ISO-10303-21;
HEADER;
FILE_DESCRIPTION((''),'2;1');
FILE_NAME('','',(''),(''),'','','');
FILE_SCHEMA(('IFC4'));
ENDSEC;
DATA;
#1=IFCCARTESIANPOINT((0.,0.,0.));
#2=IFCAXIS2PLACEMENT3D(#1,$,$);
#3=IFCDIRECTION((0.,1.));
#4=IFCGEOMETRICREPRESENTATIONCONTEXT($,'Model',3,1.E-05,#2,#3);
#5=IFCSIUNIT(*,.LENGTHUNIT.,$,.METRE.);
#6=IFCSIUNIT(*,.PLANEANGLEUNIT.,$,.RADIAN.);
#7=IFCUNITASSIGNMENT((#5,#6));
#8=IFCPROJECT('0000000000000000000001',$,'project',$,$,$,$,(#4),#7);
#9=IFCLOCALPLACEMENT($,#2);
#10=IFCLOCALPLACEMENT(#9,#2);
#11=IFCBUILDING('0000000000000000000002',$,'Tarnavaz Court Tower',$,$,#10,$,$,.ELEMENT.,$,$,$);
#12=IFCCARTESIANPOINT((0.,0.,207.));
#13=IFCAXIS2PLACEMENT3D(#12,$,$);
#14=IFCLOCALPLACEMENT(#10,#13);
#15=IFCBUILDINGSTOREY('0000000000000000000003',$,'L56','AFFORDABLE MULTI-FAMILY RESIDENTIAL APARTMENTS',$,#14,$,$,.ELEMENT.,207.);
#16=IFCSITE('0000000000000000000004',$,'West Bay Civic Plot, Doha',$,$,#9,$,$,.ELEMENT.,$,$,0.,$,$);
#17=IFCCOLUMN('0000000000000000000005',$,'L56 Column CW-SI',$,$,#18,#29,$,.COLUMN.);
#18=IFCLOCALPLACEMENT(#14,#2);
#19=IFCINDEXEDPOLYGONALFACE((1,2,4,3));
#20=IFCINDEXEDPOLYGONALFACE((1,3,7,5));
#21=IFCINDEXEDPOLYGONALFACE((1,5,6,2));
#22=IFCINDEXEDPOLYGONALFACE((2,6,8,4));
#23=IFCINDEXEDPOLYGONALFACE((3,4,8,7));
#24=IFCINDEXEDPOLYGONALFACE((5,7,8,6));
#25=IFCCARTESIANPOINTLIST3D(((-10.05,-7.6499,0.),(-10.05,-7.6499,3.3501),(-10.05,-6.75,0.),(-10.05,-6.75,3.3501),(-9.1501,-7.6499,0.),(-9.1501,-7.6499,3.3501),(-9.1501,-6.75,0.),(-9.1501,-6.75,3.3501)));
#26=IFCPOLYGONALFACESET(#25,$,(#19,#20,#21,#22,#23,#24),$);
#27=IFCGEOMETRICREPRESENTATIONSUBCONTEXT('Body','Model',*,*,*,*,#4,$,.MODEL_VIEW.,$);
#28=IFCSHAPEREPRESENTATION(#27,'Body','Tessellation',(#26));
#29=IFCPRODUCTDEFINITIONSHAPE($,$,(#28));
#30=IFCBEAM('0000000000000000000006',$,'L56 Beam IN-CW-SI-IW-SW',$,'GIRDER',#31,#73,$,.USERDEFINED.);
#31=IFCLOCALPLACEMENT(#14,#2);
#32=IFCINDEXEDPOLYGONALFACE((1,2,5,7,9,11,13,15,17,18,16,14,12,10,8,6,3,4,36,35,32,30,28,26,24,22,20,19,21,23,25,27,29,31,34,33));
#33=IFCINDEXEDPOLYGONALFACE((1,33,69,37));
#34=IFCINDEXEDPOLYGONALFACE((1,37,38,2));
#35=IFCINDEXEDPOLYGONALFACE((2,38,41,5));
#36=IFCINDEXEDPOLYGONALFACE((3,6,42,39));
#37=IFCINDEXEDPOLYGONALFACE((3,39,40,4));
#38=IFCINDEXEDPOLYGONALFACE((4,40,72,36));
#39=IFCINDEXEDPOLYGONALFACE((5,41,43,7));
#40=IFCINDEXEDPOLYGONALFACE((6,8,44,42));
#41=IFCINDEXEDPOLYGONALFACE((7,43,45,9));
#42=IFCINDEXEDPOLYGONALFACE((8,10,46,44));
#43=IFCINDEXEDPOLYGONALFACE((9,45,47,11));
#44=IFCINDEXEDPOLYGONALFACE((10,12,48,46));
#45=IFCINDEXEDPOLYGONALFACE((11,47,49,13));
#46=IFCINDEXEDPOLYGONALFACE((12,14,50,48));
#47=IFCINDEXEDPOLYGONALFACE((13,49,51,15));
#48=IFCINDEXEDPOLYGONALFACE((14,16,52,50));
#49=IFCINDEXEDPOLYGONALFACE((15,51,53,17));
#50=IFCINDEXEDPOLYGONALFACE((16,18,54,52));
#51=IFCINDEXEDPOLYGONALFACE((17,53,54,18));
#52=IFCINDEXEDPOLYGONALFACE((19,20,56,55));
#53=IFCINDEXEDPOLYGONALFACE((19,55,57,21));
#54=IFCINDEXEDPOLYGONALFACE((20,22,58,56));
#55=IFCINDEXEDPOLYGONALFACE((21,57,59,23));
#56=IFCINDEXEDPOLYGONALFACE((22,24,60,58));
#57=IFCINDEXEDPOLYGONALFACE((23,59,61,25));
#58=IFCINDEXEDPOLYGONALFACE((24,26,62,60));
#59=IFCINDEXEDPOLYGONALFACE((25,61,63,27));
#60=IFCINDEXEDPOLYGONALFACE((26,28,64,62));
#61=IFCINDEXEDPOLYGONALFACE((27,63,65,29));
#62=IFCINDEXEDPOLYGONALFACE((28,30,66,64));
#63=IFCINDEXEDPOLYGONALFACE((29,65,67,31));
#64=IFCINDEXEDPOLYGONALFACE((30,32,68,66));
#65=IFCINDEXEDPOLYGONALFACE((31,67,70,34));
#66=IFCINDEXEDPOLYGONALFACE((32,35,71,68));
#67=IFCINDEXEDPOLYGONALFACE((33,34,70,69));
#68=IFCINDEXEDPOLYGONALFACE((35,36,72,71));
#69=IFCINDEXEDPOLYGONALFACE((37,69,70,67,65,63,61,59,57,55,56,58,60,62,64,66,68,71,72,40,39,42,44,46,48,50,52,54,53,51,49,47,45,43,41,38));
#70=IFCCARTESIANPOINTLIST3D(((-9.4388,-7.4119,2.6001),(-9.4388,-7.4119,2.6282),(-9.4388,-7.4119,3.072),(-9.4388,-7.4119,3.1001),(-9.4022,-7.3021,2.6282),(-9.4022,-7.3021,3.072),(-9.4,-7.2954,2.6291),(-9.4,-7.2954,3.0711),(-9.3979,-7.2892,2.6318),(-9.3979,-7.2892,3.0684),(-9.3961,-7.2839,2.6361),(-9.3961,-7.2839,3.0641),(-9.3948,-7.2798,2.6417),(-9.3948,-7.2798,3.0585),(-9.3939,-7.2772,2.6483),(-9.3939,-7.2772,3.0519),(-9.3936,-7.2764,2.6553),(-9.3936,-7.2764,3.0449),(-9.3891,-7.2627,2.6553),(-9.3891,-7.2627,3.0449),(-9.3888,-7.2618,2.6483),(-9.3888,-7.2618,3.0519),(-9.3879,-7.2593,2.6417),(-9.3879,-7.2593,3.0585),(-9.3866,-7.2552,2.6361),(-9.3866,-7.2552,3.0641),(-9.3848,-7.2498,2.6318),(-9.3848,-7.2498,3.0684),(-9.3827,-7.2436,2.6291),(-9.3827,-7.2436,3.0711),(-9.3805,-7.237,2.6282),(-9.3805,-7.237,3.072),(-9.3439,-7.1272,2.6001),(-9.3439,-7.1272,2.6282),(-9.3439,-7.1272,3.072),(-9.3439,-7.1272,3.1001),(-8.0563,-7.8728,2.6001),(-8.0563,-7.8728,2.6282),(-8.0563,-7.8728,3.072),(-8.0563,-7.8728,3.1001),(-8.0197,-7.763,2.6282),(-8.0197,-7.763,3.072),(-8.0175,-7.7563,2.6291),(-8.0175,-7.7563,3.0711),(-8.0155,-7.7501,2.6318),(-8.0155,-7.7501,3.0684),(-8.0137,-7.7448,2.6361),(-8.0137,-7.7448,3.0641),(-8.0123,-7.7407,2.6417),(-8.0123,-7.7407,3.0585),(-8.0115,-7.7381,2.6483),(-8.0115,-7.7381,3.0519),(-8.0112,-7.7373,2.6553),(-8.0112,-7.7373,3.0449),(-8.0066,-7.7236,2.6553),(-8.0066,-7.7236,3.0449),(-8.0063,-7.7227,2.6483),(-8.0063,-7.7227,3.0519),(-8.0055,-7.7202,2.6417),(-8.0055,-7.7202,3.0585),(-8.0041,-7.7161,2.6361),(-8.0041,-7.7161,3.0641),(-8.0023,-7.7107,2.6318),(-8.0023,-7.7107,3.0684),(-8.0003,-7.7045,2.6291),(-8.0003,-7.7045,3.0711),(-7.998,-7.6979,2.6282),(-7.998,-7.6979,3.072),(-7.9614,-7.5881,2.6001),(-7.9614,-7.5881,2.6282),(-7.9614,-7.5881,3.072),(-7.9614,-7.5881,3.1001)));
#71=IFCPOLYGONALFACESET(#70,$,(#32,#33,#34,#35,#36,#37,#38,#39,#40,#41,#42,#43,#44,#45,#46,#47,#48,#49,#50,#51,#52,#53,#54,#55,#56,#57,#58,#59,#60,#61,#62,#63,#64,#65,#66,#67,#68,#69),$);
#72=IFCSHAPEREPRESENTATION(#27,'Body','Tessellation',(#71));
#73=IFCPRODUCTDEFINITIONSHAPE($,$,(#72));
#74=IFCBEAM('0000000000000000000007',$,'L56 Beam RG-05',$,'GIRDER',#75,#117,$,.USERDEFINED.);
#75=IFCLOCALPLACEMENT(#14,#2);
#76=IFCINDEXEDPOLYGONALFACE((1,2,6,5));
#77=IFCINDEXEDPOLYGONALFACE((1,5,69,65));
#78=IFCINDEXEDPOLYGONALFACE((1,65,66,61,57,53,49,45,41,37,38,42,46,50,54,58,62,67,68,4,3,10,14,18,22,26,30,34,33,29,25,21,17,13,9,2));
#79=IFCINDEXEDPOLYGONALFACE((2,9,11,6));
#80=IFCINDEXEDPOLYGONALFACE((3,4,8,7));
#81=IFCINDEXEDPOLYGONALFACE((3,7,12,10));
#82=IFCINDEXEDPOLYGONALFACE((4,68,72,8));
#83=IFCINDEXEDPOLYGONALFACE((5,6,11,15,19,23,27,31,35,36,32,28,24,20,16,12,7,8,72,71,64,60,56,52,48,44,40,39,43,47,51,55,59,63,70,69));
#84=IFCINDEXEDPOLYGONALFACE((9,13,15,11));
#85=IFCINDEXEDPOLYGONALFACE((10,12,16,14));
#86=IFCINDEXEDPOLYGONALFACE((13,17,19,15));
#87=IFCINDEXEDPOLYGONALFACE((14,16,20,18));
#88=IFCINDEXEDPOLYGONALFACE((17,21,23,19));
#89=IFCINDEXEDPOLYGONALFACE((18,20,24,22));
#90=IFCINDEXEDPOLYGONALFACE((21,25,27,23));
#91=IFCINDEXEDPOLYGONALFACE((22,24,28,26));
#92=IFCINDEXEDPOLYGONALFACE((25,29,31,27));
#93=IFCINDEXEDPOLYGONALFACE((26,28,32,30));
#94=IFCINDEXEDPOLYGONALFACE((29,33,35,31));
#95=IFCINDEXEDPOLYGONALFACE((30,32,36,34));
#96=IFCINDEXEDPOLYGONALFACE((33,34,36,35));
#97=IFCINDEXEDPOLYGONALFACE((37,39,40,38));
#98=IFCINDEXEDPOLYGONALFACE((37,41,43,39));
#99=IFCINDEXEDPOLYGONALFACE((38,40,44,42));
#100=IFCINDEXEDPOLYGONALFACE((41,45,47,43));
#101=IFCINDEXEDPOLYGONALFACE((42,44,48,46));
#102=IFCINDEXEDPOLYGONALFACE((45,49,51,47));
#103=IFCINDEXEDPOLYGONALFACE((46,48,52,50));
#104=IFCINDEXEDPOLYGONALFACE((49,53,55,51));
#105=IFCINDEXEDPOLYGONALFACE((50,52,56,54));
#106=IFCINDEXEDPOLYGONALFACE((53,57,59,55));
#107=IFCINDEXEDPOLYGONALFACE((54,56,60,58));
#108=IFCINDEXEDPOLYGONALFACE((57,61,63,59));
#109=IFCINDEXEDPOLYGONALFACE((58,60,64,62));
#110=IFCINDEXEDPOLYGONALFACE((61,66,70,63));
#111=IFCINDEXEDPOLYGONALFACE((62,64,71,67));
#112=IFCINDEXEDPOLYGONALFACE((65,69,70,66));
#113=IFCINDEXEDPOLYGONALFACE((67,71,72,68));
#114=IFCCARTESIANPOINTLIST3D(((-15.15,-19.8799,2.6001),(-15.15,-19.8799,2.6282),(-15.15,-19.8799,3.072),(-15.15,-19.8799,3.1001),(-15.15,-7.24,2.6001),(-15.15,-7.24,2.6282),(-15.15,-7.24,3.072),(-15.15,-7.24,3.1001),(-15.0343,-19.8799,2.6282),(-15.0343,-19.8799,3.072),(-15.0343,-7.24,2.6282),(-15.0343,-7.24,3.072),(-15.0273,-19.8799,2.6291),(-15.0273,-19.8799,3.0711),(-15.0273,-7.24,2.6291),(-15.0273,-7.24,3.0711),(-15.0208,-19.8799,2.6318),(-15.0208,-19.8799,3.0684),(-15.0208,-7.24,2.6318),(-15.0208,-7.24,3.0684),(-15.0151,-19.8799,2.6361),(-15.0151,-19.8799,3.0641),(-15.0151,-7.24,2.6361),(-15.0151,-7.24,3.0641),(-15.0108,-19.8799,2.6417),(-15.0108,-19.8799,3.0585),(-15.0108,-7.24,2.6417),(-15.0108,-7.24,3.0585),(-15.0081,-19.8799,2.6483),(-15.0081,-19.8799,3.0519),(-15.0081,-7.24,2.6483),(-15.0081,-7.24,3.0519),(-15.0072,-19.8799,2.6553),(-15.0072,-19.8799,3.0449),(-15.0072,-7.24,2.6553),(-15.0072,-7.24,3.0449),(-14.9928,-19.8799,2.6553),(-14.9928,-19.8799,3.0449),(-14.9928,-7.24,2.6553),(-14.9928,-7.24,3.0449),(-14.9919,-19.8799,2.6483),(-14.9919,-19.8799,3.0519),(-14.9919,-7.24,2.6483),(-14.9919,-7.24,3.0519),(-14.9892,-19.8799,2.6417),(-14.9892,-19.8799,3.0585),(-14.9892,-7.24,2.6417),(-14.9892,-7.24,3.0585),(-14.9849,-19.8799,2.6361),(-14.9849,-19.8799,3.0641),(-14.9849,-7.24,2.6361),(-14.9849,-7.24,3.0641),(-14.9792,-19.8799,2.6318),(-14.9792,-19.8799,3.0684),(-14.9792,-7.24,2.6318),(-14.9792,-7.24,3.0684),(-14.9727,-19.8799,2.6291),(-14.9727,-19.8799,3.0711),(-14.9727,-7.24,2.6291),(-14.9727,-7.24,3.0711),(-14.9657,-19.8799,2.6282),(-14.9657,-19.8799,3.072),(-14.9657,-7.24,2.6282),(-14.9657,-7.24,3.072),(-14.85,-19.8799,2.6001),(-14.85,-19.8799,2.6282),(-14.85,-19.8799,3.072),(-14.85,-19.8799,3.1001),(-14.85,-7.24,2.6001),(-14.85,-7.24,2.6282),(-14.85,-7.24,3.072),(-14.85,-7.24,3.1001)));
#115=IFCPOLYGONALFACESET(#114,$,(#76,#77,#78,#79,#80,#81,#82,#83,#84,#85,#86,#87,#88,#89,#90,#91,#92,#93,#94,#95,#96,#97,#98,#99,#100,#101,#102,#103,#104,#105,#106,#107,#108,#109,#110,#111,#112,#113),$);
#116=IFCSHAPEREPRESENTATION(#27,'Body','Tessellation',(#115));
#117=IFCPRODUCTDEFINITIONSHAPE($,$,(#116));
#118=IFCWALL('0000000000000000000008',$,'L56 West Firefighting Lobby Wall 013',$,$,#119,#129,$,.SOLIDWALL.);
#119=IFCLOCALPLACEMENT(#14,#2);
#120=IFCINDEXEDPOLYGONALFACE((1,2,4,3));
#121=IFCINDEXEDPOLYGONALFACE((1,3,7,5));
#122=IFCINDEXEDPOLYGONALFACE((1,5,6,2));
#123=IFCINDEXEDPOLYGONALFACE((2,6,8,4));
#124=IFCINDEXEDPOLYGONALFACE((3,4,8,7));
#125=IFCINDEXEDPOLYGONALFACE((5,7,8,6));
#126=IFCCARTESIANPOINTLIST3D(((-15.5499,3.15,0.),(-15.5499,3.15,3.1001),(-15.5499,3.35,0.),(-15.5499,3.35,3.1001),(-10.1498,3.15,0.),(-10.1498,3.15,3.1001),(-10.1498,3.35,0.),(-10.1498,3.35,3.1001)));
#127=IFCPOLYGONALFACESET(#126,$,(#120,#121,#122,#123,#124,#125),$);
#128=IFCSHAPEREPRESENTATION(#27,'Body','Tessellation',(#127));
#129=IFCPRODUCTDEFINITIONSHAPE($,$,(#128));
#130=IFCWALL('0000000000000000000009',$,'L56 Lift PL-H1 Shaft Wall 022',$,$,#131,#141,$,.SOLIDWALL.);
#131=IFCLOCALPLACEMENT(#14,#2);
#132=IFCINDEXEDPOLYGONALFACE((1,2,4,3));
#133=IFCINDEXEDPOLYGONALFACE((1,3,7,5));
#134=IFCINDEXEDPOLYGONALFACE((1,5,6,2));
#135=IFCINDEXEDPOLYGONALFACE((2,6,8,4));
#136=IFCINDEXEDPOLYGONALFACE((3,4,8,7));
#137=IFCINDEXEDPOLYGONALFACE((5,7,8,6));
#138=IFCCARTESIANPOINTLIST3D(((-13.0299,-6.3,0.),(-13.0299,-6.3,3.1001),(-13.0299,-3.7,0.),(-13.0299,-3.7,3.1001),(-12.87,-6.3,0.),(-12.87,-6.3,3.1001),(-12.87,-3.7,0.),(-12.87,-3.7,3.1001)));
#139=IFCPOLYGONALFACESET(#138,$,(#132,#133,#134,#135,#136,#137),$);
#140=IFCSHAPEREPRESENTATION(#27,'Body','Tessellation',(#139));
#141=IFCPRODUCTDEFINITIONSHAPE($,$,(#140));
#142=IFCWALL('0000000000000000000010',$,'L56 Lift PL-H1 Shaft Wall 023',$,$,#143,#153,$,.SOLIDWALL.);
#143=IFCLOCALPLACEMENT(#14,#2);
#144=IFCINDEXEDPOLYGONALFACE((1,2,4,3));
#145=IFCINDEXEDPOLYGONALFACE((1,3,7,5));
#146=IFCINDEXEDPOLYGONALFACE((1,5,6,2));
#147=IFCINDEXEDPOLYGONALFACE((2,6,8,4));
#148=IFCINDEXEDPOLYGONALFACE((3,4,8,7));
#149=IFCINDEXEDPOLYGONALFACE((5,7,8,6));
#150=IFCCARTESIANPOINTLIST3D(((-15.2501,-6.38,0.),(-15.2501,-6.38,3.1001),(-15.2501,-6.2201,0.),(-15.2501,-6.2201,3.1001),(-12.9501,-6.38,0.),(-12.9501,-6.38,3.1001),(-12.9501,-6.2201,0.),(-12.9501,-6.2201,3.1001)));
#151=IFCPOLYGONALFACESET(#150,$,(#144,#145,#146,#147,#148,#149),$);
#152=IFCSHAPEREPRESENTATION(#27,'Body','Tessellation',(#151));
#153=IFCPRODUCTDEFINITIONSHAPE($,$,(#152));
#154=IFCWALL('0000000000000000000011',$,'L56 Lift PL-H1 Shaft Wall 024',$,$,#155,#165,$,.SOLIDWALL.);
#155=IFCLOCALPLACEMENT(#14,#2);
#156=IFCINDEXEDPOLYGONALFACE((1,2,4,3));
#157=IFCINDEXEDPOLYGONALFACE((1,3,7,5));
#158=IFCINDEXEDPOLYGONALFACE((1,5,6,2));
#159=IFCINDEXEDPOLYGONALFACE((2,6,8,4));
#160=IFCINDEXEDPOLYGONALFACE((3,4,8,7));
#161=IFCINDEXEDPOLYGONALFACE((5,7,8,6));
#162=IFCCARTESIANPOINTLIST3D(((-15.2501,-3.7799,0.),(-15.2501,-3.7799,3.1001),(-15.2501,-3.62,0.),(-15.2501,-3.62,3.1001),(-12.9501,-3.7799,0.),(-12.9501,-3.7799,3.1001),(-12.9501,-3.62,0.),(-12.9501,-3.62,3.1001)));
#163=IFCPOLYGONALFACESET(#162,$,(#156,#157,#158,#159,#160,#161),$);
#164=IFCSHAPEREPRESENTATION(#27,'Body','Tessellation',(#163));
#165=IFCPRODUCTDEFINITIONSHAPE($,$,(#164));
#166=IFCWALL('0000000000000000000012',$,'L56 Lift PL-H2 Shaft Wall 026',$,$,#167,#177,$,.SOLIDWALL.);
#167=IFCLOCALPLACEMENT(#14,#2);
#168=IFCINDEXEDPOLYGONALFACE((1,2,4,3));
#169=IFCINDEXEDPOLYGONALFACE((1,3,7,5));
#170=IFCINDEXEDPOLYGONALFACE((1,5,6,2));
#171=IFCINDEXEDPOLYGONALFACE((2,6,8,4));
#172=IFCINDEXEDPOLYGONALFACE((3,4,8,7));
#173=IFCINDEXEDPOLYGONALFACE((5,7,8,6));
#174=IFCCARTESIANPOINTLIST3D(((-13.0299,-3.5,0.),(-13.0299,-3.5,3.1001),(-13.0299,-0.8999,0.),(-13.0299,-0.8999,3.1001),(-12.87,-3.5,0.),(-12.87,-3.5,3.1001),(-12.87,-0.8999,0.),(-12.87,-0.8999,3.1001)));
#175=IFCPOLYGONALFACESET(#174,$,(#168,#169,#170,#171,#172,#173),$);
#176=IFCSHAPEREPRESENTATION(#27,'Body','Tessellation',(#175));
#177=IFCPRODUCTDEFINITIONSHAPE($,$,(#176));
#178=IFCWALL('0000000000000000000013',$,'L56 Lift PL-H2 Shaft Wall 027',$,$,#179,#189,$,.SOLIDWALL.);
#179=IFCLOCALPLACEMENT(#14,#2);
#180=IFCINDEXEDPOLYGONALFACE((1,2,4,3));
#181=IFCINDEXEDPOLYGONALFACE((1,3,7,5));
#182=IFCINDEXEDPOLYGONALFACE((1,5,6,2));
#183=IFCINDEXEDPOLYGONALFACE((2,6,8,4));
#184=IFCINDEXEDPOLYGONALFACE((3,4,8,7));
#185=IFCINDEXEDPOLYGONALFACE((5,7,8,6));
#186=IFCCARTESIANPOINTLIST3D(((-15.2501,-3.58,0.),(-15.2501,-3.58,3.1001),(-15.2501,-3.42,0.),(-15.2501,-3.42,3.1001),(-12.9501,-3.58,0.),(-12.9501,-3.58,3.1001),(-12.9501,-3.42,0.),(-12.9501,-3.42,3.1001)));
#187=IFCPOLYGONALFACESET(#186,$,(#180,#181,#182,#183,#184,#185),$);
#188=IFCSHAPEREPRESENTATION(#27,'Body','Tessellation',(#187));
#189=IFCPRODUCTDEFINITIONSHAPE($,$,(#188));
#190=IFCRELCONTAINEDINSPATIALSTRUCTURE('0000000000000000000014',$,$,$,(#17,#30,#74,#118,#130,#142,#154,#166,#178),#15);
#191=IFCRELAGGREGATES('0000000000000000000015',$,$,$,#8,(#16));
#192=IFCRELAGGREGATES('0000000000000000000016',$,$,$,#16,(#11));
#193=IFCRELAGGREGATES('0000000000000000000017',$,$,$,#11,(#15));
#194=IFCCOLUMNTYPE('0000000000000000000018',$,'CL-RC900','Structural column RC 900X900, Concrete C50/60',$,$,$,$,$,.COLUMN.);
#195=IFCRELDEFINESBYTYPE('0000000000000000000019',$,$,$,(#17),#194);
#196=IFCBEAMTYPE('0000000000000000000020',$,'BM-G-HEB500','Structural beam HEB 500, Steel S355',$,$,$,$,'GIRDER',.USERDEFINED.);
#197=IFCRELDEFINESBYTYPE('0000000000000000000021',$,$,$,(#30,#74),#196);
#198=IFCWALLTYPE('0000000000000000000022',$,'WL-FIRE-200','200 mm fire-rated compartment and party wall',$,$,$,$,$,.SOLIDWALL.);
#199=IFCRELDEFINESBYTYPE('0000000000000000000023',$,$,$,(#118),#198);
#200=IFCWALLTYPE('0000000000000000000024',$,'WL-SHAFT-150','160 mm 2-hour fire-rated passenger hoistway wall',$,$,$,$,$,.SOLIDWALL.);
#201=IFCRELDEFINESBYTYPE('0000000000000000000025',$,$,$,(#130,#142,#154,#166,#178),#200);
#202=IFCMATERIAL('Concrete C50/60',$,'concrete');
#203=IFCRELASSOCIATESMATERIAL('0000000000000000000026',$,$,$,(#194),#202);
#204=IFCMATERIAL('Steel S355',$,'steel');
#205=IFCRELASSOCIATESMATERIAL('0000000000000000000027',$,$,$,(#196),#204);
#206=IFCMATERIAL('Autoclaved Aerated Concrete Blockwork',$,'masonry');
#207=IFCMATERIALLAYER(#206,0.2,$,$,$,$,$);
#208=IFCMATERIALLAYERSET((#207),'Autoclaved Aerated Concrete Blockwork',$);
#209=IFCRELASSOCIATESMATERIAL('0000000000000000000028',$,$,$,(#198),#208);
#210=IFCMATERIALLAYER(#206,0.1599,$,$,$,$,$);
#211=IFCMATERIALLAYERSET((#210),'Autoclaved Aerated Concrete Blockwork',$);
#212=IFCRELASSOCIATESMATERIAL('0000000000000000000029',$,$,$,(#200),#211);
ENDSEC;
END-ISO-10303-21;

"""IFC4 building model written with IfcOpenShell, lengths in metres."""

from ifc_helpers import new_model, si_unit, direction, frame, frame_2d, origin, origin_2d, place, context, subcontext, project, spatial, rectangle, i_section, extrude, material, layer, layer_set, material_profile, profile_set, type_object, element, save


model = new_model("IFC4")

# Units and contexts
model_context = context("Model", 3, precision=1e-05, world=origin(), true_north=direction((0.0, 1.0)))
body_context = subcontext(model_context, "Body", "Model", "MODEL_VIEW")
ifc_project = project(units=[si_unit("LENGTHUNIT", "METRE"), si_unit("PLANEANGLEUNIT", "RADIAN")], contexts=[model_context])

# Site, building, storey
site_placement = place(None, origin())
site = spatial("IfcSite", under=ifc_project, at=site_placement, Name="West Bay Civic Plot, Doha", CompositionType="ELEMENT", RefElevation=0.0)
building_placement = place(site_placement, origin())
building = spatial("IfcBuilding", under=site, at=building_placement, Name="Tarnavaz Court Tower", CompositionType="ELEMENT")
storey_placement = place(building_placement, frame((0.0, 0.0, 207.0)))
storey = spatial("IfcBuildingStorey", under=building, at=storey_placement, Name="L56", Description="AFFORDABLE MULTI-FAMILY RESIDENTIAL APARTMENTS", CompositionType="ELEMENT", Elevation=207.0)

# Column
ifc_material_1 = material(Name="Concrete C50/60", Category="concrete")
ifc_material_profile_1 = material_profile(ifc_material_1, rectangle(XDim=0.8999, YDim=0.8999, at=origin_2d()), Name="RC 900X900")
ifc_profile_set_1 = profile_set([ifc_material_profile_1], Name="Concrete C50/60")
column_type = type_object("IfcColumnType", Name="CL-RC900", Description="Structural column RC 900X900, Concrete C50/60", PredefinedType="COLUMN", material=ifc_profile_set_1)
column_placement = place(storey_placement, frame((-9.6001, -7.2, 0.0), z_axis=(0.0, 0.0, 1.0), x_axis=(1.0, 0.0, 0.0)))
element("IfcColumn", 1, at=column_placement, inside=storey, type_object=column_type, Name="L56 Column CW-SI", PredefinedType="COLUMN", context=body_context, shape_type="SweptSolid", body=[
    extrude(rectangle(XDim=0.8999, YDim=0.8999, at=origin_2d()), origin(), (0.0, 0.0, 1.0), 3.3501),
])

# Beams
ifc_material_2 = material(Name="Steel S355", Category="steel")
ifc_material_profile_2 = material_profile(ifc_material_2, i_section(OverallWidth=0.3, OverallDepth=0.5, WebThickness=0.0144, FlangeThickness=0.0281, FilletRadius=0.0271, at=origin_2d()), Name="HEB 500")
ifc_profile_set_2 = profile_set([ifc_material_profile_2], Name="Steel S355")
beam_type = type_object("IfcBeamType", Name="BM-G-HEB500", Description="Structural beam HEB 500, Steel S355", ElementType="GIRDER", PredefinedType="USERDEFINED", material=ifc_profile_set_2)
beam_1_placement = place(storey_placement, frame((-9.3914, -7.2695, 2.8501), z_axis=(0.948667, -0.316278, 0.0), x_axis=(0.316278, 0.948667, 0.0)))
element("IfcBeam", 2, at=beam_1_placement, inside=storey, type_object=beam_type, Name="L56 Beam IN-CW-SI-IW-SW", ObjectType="GIRDER", PredefinedType="USERDEFINED", context=body_context, shape_type="SweptSolid", body=[
    extrude(i_section(OverallWidth=0.3, OverallDepth=0.5, WebThickness=0.0144, FlangeThickness=0.0281, FilletRadius=0.0271, at=origin_2d()), origin(), (0.0, 0.0, 1.0), 1.4573),
])
beam_2_placement = place(storey_placement, frame((-15.0, -7.24, 2.8501), z_axis=(0.0, -1.0, 0.0), x_axis=(1.0, 0.0, 0.0)))
element("IfcBeam", 3, at=beam_2_placement, inside=storey, type_object=beam_type, Name="L56 Beam RG-05", ObjectType="GIRDER", PredefinedType="USERDEFINED", context=body_context, shape_type="SweptSolid", body=[
    extrude(i_section(OverallWidth=0.3, OverallDepth=0.5, WebThickness=0.0144, FlangeThickness=0.0281, FilletRadius=0.0271, at=origin_2d()), origin(), (0.0, 0.0, 1.0), 12.6399),
])

# Wall
ifc_material_3 = material(Name="Autoclaved Aerated Concrete Blockwork", Category="masonry")
ifc_layer_1 = layer(ifc_material_3, 0.2)
ifc_layer_set_1 = layer_set([ifc_layer_1], Name="Autoclaved Aerated Concrete Blockwork")
wall_type_1 = type_object("IfcWallType", Name="WL-FIRE-200", Description="200 mm fire-rated compartment and party wall", PredefinedType="SOLIDWALL", material=ifc_layer_set_1)
wall_1_placement = place(storey_placement, frame((-15.55, 3.25, 0.0), z_axis=(0.0, 0.0, 1.0), x_axis=(1.0, 0.0, 0.0)))
element("IfcWall", 4, at=wall_1_placement, inside=storey, type_object=wall_type_1, Name="L56 West Firefighting Lobby Wall 013", PredefinedType="SOLIDWALL", context=body_context, shape_type="SweptSolid", body=[
    extrude(rectangle(XDim=5.4001, YDim=0.2, at=frame_2d((2.7002, 0.0))), origin(), (0.0, 0.0, 1.0), 3.1001),
])

# Shared definitions
ifc_layer_2 = layer(ifc_material_3, 0.1599)
ifc_layer_set_2 = layer_set([ifc_layer_2], Name="Autoclaved Aerated Concrete Blockwork")
wall_type_2 = type_object("IfcWallType", Name="WL-SHAFT-150", Description="160 mm 2-hour fire-rated passenger hoistway wall", PredefinedType="SOLIDWALL", material=ifc_layer_set_2)

# Walls
wall_2_placement = place(storey_placement, frame((-12.95, -6.3, 0.0), z_axis=(0.0, 0.0, 1.0), x_axis=(0.0, 1.0, 0.0)))
element("IfcWall", 5, at=wall_2_placement, inside=storey, type_object=wall_type_2, Name="L56 Lift PL-H1 Shaft Wall 022", PredefinedType="SOLIDWALL", context=body_context, shape_type="SweptSolid", body=[
    extrude(rectangle(XDim=2.6001, YDim=0.1599, at=frame_2d((1.3, 0.0))), origin(), (0.0, 0.0, 1.0), 3.1001),
])
for number, where, z_axis, x_axis, name in (
    (6, (-15.25, -6.3, 0.0), (0.0, 0.0, 1.0), (1.0, 0.0, 0.0), "L56 Lift PL-H1 Shaft Wall 023"),
    (7, (-15.25, -3.7, 0.0), (0.0, 0.0, 1.0), (1.0, 0.0, 0.0), "L56 Lift PL-H1 Shaft Wall 024"),
):
    element("IfcWall", number, at=place(storey_placement, frame(where, z_axis=z_axis, x_axis=x_axis)), inside=storey, type_object=wall_type_2, Name=name, PredefinedType="SOLIDWALL", context=body_context, shape_type="SweptSolid", body=[
        extrude(rectangle(XDim=2.3, YDim=0.1599, at=frame_2d((1.1499, 0.0))), origin(), (0.0, 0.0, 1.0), 3.1001),
    ])

# Walls
wall_3_placement = place(storey_placement, frame((-12.95, -3.5, 0.0), z_axis=(0.0, 0.0, 1.0), x_axis=(0.0, 1.0, 0.0)))
element("IfcWall", 8, at=wall_3_placement, inside=storey, type_object=wall_type_2, Name="L56 Lift PL-H2 Shaft Wall 026", PredefinedType="SOLIDWALL", context=body_context, shape_type="SweptSolid", body=[
    extrude(rectangle(XDim=2.6001, YDim=0.1599, at=frame_2d((1.3, 0.0))), origin(), (0.0, 0.0, 1.0), 3.1001),
])
for number, where, z_axis, x_axis, name in (
    (9, (-15.25, -3.5, 0.0), (0.0, 0.0, 1.0), (1.0, 0.0, 0.0), "L56 Lift PL-H2 Shaft Wall 027"),
):
    element("IfcWall", number, at=place(storey_placement, frame(where, z_axis=z_axis, x_axis=x_axis)), inside=storey, type_object=wall_type_2, Name=name, PredefinedType="SOLIDWALL", context=body_context, shape_type="SweptSolid", body=[
        extrude(rectangle(XDim=2.3, YDim=0.1599, at=frame_2d((1.1499, 0.0))), origin(), (0.0, 0.0, 1.0), 3.1001),
    ])

save(model, "model.ifc")
